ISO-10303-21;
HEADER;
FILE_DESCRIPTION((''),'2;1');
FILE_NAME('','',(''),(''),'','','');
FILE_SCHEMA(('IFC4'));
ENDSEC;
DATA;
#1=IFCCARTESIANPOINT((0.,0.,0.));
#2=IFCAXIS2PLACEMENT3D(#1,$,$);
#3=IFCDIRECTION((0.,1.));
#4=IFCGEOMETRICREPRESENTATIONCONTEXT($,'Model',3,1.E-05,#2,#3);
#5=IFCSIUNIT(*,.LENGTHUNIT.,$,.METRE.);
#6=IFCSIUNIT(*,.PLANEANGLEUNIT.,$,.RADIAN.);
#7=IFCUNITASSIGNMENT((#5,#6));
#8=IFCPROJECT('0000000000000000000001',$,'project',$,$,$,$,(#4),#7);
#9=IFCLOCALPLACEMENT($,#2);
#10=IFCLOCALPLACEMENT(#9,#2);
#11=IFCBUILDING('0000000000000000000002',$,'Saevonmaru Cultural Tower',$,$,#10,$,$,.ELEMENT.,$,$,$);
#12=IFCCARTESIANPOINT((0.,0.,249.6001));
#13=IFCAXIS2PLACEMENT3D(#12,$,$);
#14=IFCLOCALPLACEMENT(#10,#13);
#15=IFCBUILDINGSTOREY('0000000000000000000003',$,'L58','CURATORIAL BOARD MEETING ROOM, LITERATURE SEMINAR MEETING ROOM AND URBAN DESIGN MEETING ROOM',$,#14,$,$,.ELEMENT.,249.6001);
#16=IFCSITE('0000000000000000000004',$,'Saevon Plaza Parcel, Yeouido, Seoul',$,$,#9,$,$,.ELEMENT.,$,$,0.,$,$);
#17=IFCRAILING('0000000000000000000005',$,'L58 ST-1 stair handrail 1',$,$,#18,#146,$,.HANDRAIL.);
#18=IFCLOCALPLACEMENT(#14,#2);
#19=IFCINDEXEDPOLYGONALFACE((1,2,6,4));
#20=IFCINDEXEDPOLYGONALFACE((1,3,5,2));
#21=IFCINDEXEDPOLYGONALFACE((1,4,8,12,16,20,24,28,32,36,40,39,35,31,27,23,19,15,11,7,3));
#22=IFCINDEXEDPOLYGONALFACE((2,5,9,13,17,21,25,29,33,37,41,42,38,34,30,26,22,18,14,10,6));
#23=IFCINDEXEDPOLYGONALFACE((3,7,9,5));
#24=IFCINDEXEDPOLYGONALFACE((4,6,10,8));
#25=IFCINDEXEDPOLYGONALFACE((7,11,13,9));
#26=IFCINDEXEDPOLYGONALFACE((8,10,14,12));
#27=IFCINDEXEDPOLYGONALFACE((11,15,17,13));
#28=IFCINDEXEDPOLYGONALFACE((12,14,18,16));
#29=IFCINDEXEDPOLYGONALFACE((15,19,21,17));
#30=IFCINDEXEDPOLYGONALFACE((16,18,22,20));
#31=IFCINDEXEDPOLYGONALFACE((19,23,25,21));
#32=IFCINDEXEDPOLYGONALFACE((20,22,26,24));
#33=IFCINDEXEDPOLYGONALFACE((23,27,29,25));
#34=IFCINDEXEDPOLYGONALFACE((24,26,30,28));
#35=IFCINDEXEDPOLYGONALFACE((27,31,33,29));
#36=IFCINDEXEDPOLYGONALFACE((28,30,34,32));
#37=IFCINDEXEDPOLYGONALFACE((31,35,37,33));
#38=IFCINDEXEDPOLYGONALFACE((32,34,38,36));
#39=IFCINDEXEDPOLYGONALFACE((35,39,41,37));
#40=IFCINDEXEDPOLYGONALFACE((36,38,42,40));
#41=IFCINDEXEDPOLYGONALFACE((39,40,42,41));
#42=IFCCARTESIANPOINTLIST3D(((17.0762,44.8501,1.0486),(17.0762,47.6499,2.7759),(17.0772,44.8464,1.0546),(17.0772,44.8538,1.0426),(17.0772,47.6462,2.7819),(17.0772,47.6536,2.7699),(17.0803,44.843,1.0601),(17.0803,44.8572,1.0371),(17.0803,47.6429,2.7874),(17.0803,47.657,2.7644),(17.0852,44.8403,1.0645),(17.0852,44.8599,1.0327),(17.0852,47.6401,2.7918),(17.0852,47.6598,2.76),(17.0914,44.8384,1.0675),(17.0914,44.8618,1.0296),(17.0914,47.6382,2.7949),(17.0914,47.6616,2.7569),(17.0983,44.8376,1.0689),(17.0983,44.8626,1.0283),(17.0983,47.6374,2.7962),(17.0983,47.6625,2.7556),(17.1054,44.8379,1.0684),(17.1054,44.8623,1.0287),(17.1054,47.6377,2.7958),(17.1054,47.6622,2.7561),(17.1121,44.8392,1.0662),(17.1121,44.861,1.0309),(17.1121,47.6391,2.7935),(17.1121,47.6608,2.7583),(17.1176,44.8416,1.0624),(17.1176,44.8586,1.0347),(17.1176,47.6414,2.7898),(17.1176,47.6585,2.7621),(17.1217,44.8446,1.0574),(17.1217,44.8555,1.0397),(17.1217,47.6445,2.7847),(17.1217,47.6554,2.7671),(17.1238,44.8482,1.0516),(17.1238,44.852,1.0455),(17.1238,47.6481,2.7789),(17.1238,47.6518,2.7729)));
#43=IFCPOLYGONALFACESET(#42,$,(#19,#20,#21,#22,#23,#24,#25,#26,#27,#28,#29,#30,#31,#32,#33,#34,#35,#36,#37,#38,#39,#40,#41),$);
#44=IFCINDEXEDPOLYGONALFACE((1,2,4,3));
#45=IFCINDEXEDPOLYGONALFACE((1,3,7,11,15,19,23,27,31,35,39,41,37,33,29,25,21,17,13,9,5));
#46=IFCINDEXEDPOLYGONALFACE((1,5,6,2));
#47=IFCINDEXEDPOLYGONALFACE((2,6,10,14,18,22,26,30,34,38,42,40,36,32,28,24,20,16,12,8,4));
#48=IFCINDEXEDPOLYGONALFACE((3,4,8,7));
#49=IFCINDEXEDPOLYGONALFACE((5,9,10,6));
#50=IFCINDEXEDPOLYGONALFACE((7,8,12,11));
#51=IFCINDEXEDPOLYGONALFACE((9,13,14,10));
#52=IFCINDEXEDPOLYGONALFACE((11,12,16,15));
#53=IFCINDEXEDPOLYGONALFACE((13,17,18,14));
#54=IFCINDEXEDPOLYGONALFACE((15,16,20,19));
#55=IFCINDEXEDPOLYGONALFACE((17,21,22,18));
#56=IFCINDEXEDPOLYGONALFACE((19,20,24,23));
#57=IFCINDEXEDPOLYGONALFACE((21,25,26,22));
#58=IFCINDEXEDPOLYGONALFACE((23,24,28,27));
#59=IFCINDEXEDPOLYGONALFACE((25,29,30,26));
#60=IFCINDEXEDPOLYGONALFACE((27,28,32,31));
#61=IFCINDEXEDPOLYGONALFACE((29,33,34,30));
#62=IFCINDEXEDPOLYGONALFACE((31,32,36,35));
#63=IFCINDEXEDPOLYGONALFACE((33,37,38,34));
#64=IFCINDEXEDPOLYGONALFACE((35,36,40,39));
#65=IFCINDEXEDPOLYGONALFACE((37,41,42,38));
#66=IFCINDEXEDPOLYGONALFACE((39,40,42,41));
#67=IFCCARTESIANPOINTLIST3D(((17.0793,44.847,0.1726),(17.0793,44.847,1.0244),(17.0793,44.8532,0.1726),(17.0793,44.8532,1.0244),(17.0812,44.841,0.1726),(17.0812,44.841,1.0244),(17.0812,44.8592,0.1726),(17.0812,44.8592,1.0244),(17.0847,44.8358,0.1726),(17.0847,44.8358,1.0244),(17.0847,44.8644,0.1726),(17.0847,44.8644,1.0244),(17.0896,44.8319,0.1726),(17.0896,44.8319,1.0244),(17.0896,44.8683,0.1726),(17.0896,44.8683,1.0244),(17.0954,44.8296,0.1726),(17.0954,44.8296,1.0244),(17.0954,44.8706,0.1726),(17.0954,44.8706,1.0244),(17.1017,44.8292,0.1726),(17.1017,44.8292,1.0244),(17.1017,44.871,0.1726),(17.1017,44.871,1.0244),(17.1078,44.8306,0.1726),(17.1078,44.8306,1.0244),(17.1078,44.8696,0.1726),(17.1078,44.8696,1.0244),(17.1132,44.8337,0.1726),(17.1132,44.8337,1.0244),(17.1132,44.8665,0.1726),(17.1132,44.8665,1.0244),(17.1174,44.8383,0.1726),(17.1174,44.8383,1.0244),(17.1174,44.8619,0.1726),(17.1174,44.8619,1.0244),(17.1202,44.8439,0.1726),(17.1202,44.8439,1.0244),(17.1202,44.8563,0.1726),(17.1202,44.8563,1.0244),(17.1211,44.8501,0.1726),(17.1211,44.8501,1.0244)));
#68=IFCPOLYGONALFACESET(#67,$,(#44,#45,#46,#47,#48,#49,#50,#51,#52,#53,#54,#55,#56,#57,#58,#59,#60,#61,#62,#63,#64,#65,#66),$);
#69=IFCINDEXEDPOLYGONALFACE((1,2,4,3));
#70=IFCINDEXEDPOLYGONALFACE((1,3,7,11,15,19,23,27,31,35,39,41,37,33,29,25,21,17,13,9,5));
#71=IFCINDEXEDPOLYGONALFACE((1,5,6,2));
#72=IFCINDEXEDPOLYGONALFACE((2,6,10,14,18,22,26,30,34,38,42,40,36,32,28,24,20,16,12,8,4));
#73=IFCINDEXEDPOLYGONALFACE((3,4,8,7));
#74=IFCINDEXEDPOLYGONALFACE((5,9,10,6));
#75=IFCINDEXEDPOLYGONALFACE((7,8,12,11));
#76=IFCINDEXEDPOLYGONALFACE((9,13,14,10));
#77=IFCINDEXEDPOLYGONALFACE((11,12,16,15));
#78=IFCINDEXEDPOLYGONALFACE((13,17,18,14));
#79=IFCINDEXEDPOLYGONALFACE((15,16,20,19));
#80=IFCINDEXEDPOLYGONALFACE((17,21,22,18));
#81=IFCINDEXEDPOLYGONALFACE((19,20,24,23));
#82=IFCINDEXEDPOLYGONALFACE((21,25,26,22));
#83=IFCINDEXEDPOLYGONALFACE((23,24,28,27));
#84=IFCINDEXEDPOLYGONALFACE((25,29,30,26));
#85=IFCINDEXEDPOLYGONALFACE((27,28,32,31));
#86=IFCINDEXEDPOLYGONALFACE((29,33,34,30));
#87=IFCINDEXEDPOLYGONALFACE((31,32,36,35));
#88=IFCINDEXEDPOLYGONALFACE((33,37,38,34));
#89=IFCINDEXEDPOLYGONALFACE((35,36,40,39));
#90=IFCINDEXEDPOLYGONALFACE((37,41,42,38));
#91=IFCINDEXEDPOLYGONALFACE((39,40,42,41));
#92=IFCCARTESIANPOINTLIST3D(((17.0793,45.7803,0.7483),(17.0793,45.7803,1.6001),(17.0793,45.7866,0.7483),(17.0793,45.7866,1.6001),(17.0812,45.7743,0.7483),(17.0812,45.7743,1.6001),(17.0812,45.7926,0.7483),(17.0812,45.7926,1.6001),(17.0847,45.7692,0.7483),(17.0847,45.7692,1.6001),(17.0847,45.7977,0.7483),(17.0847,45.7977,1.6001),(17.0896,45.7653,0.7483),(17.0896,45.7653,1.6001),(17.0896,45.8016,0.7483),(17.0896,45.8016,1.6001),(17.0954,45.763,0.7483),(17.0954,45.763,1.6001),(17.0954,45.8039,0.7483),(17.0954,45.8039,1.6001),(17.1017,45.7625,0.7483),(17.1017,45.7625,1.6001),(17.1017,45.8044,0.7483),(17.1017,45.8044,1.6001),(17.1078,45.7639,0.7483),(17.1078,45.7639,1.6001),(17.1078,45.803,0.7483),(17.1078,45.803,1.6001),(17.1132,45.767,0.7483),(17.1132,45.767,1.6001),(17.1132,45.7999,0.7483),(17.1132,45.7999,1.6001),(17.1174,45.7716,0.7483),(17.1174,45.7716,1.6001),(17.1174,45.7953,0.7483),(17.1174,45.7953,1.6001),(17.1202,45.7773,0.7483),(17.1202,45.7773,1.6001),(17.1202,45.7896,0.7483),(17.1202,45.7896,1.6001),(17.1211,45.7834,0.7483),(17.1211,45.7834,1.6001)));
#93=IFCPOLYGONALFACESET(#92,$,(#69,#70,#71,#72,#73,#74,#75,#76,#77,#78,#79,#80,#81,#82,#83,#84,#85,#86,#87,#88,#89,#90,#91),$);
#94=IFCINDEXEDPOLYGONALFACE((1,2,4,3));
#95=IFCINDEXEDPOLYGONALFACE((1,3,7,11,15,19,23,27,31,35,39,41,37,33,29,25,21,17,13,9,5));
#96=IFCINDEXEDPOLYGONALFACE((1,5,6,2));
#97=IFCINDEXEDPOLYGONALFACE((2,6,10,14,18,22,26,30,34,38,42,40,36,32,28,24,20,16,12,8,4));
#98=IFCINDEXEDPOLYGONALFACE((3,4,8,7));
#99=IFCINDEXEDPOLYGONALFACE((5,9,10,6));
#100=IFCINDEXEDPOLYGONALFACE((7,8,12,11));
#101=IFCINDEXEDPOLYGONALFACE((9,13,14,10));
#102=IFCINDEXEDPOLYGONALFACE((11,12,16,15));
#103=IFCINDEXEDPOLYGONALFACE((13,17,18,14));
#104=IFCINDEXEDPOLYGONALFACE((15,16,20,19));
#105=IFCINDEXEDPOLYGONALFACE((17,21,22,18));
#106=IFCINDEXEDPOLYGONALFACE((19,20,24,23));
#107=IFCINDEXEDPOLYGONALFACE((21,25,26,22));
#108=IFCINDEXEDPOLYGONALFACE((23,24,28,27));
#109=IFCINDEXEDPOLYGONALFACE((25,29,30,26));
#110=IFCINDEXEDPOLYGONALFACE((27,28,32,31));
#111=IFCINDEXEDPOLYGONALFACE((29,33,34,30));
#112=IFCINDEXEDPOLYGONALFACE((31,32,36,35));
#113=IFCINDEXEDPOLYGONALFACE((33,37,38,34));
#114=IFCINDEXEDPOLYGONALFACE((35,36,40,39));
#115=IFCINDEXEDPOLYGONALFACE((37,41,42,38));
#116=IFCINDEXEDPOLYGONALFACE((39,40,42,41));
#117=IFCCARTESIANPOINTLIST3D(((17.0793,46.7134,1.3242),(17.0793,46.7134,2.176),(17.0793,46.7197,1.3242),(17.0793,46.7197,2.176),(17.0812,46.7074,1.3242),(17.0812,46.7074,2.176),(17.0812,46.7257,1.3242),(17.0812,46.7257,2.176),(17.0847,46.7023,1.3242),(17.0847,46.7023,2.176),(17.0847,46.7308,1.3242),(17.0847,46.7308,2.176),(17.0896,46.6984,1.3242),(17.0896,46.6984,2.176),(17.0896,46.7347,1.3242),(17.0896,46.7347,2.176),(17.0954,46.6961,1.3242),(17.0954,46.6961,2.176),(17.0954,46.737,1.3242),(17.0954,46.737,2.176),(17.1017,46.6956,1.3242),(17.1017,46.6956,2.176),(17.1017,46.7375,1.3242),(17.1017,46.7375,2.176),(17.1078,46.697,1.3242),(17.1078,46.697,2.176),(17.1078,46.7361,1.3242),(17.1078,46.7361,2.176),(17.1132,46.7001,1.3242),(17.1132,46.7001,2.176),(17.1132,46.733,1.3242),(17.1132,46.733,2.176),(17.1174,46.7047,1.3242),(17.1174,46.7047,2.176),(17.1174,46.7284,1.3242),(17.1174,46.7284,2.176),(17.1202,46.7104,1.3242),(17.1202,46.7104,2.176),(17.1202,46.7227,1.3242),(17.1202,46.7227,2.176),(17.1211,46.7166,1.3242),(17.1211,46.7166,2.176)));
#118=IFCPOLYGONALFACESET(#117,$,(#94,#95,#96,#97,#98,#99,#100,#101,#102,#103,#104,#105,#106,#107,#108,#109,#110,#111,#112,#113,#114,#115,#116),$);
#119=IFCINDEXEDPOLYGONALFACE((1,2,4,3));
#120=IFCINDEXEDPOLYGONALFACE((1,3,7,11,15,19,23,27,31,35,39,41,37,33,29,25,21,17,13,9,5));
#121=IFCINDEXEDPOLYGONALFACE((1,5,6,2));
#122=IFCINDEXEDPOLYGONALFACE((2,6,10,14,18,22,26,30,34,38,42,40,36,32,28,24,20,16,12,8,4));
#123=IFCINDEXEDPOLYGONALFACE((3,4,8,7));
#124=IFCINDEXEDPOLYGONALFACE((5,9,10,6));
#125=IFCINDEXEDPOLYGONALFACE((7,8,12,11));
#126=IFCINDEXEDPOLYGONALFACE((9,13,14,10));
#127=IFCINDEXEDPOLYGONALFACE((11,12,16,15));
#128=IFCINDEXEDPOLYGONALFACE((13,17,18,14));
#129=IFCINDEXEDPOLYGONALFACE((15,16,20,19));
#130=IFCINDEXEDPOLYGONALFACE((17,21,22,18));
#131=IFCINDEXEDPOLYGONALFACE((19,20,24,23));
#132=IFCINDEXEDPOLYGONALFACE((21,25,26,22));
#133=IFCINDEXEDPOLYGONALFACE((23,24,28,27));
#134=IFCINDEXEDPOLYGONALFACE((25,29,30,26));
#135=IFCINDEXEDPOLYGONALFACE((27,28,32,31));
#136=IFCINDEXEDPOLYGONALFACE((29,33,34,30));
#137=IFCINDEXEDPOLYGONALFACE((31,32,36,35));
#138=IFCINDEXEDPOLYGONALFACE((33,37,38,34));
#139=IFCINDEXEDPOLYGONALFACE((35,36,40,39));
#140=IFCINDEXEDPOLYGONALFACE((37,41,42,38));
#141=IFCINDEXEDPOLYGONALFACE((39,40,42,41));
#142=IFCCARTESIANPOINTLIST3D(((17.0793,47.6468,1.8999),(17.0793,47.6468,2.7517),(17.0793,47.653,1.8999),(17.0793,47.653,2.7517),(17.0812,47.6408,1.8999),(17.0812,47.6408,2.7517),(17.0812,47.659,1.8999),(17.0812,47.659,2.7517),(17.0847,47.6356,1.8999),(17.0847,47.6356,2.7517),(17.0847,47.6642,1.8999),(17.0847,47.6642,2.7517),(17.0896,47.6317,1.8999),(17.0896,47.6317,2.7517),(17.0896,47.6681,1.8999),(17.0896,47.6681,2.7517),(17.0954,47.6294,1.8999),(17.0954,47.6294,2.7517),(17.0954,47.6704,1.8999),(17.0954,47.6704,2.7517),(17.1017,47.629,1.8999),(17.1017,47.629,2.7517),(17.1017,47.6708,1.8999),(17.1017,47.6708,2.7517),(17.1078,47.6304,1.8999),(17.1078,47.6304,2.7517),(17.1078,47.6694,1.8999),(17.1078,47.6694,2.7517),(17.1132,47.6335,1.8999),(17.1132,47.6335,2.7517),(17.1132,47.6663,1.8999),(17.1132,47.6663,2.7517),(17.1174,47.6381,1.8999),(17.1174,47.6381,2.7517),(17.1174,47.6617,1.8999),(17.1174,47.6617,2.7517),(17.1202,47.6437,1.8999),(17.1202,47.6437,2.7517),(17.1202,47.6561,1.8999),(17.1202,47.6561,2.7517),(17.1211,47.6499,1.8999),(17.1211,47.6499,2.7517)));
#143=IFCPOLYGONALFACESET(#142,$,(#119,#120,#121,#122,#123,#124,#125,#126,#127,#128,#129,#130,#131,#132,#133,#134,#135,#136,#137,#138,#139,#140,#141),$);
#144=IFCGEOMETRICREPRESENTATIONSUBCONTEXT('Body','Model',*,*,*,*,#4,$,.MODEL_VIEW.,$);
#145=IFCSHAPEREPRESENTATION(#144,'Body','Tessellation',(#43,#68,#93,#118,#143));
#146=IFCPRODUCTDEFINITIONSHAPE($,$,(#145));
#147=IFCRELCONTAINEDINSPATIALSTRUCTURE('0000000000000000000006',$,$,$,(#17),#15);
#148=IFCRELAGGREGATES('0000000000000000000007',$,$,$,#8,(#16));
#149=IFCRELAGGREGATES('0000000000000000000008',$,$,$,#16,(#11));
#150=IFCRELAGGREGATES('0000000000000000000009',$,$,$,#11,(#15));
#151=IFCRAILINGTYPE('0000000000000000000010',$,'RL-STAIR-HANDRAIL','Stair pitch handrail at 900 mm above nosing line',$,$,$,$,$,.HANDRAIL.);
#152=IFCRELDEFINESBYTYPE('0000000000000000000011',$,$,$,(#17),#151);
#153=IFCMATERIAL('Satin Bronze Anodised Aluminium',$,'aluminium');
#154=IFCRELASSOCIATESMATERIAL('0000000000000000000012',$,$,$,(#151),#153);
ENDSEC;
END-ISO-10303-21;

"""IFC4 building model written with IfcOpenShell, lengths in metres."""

from ifc_helpers import new_model, si_unit, direction, frame, origin, origin_2d, place, context, subcontext, project, spatial, circle, extrude, material, type_object, element, save


model = new_model("IFC4")

# Units and contexts
model_context = context("Model", 3, precision=1e-05, world=origin(), true_north=direction((0.0, 1.0)))
body_context = subcontext(model_context, "Body", "Model", "MODEL_VIEW")
ifc_project = project(units=[si_unit("LENGTHUNIT", "METRE"), si_unit("PLANEANGLEUNIT", "RADIAN")], contexts=[model_context])

# Site, building, storey
site_placement = place(None, origin())
site = spatial("IfcSite", under=ifc_project, at=site_placement, Name="Saevon Plaza Parcel, Yeouido, Seoul", CompositionType="ELEMENT", RefElevation=0.0)
building_placement = place(site_placement, origin())
building = spatial("IfcBuilding", under=site, at=building_placement, Name="Saevonmaru Cultural Tower", CompositionType="ELEMENT")
storey_placement = place(building_placement, frame((0.0, 0.0, 249.6001)))
storey = spatial("IfcBuildingStorey", under=building, at=storey_placement, Name="L58", Description="CURATORIAL BOARD MEETING ROOM, LITERATURE SEMINAR MEETING ROOM AND URBAN DESIGN MEETING ROOM", CompositionType="ELEMENT", Elevation=249.6001)

# Shared definitions
ifc_material_1 = material(Name="Satin Bronze Anodised Aluminium", Category="aluminium")

# Railing
railing_type_1 = type_object("IfcRailingType", Name="RL-STAIR-HANDRAIL", Description="Stair pitch handrail at 900 mm above nosing line", PredefinedType="HANDRAIL", material=ifc_material_1)
railing_1_placement = place(storey_placement, frame((17.1001, 44.8501, 0.1726)))
element("IfcRailing", 1, at=railing_1_placement, inside=storey, type_object=railing_type_1, Name="L58 ST-1 stair handrail 1", PredefinedType="HANDRAIL", context=body_context, shape_type="SweptSolid", body=[
    extrude(circle(Radius=0.0239, at=origin_2d()), frame((0.0, 0.0, 0.876), z_axis=(0.0, 0.851069, 0.525054), x_axis=(-1.0, 0.0, 0.0)), (0.0, 0.0, 1.0), 3.2898),
    extrude(circle(Radius=0.021, at=origin_2d()), origin(), (0.0, 0.0, 1.0), 0.8518),
    extrude(circle(Radius=0.021, at=origin_2d()), frame((0.0, 0.9333, 0.5757)), (0.0, 0.0, 1.0), 0.8518),
    extrude(circle(Radius=0.021, at=origin_2d()), frame((0.0, 1.8665, 1.1516)), (0.0, 0.0, 1.0), 0.8518),
    extrude(circle(Radius=0.021, at=origin_2d()), frame((0.0, 2.7998, 1.7273)), (0.0, 0.0, 1.0), 0.8518),
])

save(model, "model.ifc")
